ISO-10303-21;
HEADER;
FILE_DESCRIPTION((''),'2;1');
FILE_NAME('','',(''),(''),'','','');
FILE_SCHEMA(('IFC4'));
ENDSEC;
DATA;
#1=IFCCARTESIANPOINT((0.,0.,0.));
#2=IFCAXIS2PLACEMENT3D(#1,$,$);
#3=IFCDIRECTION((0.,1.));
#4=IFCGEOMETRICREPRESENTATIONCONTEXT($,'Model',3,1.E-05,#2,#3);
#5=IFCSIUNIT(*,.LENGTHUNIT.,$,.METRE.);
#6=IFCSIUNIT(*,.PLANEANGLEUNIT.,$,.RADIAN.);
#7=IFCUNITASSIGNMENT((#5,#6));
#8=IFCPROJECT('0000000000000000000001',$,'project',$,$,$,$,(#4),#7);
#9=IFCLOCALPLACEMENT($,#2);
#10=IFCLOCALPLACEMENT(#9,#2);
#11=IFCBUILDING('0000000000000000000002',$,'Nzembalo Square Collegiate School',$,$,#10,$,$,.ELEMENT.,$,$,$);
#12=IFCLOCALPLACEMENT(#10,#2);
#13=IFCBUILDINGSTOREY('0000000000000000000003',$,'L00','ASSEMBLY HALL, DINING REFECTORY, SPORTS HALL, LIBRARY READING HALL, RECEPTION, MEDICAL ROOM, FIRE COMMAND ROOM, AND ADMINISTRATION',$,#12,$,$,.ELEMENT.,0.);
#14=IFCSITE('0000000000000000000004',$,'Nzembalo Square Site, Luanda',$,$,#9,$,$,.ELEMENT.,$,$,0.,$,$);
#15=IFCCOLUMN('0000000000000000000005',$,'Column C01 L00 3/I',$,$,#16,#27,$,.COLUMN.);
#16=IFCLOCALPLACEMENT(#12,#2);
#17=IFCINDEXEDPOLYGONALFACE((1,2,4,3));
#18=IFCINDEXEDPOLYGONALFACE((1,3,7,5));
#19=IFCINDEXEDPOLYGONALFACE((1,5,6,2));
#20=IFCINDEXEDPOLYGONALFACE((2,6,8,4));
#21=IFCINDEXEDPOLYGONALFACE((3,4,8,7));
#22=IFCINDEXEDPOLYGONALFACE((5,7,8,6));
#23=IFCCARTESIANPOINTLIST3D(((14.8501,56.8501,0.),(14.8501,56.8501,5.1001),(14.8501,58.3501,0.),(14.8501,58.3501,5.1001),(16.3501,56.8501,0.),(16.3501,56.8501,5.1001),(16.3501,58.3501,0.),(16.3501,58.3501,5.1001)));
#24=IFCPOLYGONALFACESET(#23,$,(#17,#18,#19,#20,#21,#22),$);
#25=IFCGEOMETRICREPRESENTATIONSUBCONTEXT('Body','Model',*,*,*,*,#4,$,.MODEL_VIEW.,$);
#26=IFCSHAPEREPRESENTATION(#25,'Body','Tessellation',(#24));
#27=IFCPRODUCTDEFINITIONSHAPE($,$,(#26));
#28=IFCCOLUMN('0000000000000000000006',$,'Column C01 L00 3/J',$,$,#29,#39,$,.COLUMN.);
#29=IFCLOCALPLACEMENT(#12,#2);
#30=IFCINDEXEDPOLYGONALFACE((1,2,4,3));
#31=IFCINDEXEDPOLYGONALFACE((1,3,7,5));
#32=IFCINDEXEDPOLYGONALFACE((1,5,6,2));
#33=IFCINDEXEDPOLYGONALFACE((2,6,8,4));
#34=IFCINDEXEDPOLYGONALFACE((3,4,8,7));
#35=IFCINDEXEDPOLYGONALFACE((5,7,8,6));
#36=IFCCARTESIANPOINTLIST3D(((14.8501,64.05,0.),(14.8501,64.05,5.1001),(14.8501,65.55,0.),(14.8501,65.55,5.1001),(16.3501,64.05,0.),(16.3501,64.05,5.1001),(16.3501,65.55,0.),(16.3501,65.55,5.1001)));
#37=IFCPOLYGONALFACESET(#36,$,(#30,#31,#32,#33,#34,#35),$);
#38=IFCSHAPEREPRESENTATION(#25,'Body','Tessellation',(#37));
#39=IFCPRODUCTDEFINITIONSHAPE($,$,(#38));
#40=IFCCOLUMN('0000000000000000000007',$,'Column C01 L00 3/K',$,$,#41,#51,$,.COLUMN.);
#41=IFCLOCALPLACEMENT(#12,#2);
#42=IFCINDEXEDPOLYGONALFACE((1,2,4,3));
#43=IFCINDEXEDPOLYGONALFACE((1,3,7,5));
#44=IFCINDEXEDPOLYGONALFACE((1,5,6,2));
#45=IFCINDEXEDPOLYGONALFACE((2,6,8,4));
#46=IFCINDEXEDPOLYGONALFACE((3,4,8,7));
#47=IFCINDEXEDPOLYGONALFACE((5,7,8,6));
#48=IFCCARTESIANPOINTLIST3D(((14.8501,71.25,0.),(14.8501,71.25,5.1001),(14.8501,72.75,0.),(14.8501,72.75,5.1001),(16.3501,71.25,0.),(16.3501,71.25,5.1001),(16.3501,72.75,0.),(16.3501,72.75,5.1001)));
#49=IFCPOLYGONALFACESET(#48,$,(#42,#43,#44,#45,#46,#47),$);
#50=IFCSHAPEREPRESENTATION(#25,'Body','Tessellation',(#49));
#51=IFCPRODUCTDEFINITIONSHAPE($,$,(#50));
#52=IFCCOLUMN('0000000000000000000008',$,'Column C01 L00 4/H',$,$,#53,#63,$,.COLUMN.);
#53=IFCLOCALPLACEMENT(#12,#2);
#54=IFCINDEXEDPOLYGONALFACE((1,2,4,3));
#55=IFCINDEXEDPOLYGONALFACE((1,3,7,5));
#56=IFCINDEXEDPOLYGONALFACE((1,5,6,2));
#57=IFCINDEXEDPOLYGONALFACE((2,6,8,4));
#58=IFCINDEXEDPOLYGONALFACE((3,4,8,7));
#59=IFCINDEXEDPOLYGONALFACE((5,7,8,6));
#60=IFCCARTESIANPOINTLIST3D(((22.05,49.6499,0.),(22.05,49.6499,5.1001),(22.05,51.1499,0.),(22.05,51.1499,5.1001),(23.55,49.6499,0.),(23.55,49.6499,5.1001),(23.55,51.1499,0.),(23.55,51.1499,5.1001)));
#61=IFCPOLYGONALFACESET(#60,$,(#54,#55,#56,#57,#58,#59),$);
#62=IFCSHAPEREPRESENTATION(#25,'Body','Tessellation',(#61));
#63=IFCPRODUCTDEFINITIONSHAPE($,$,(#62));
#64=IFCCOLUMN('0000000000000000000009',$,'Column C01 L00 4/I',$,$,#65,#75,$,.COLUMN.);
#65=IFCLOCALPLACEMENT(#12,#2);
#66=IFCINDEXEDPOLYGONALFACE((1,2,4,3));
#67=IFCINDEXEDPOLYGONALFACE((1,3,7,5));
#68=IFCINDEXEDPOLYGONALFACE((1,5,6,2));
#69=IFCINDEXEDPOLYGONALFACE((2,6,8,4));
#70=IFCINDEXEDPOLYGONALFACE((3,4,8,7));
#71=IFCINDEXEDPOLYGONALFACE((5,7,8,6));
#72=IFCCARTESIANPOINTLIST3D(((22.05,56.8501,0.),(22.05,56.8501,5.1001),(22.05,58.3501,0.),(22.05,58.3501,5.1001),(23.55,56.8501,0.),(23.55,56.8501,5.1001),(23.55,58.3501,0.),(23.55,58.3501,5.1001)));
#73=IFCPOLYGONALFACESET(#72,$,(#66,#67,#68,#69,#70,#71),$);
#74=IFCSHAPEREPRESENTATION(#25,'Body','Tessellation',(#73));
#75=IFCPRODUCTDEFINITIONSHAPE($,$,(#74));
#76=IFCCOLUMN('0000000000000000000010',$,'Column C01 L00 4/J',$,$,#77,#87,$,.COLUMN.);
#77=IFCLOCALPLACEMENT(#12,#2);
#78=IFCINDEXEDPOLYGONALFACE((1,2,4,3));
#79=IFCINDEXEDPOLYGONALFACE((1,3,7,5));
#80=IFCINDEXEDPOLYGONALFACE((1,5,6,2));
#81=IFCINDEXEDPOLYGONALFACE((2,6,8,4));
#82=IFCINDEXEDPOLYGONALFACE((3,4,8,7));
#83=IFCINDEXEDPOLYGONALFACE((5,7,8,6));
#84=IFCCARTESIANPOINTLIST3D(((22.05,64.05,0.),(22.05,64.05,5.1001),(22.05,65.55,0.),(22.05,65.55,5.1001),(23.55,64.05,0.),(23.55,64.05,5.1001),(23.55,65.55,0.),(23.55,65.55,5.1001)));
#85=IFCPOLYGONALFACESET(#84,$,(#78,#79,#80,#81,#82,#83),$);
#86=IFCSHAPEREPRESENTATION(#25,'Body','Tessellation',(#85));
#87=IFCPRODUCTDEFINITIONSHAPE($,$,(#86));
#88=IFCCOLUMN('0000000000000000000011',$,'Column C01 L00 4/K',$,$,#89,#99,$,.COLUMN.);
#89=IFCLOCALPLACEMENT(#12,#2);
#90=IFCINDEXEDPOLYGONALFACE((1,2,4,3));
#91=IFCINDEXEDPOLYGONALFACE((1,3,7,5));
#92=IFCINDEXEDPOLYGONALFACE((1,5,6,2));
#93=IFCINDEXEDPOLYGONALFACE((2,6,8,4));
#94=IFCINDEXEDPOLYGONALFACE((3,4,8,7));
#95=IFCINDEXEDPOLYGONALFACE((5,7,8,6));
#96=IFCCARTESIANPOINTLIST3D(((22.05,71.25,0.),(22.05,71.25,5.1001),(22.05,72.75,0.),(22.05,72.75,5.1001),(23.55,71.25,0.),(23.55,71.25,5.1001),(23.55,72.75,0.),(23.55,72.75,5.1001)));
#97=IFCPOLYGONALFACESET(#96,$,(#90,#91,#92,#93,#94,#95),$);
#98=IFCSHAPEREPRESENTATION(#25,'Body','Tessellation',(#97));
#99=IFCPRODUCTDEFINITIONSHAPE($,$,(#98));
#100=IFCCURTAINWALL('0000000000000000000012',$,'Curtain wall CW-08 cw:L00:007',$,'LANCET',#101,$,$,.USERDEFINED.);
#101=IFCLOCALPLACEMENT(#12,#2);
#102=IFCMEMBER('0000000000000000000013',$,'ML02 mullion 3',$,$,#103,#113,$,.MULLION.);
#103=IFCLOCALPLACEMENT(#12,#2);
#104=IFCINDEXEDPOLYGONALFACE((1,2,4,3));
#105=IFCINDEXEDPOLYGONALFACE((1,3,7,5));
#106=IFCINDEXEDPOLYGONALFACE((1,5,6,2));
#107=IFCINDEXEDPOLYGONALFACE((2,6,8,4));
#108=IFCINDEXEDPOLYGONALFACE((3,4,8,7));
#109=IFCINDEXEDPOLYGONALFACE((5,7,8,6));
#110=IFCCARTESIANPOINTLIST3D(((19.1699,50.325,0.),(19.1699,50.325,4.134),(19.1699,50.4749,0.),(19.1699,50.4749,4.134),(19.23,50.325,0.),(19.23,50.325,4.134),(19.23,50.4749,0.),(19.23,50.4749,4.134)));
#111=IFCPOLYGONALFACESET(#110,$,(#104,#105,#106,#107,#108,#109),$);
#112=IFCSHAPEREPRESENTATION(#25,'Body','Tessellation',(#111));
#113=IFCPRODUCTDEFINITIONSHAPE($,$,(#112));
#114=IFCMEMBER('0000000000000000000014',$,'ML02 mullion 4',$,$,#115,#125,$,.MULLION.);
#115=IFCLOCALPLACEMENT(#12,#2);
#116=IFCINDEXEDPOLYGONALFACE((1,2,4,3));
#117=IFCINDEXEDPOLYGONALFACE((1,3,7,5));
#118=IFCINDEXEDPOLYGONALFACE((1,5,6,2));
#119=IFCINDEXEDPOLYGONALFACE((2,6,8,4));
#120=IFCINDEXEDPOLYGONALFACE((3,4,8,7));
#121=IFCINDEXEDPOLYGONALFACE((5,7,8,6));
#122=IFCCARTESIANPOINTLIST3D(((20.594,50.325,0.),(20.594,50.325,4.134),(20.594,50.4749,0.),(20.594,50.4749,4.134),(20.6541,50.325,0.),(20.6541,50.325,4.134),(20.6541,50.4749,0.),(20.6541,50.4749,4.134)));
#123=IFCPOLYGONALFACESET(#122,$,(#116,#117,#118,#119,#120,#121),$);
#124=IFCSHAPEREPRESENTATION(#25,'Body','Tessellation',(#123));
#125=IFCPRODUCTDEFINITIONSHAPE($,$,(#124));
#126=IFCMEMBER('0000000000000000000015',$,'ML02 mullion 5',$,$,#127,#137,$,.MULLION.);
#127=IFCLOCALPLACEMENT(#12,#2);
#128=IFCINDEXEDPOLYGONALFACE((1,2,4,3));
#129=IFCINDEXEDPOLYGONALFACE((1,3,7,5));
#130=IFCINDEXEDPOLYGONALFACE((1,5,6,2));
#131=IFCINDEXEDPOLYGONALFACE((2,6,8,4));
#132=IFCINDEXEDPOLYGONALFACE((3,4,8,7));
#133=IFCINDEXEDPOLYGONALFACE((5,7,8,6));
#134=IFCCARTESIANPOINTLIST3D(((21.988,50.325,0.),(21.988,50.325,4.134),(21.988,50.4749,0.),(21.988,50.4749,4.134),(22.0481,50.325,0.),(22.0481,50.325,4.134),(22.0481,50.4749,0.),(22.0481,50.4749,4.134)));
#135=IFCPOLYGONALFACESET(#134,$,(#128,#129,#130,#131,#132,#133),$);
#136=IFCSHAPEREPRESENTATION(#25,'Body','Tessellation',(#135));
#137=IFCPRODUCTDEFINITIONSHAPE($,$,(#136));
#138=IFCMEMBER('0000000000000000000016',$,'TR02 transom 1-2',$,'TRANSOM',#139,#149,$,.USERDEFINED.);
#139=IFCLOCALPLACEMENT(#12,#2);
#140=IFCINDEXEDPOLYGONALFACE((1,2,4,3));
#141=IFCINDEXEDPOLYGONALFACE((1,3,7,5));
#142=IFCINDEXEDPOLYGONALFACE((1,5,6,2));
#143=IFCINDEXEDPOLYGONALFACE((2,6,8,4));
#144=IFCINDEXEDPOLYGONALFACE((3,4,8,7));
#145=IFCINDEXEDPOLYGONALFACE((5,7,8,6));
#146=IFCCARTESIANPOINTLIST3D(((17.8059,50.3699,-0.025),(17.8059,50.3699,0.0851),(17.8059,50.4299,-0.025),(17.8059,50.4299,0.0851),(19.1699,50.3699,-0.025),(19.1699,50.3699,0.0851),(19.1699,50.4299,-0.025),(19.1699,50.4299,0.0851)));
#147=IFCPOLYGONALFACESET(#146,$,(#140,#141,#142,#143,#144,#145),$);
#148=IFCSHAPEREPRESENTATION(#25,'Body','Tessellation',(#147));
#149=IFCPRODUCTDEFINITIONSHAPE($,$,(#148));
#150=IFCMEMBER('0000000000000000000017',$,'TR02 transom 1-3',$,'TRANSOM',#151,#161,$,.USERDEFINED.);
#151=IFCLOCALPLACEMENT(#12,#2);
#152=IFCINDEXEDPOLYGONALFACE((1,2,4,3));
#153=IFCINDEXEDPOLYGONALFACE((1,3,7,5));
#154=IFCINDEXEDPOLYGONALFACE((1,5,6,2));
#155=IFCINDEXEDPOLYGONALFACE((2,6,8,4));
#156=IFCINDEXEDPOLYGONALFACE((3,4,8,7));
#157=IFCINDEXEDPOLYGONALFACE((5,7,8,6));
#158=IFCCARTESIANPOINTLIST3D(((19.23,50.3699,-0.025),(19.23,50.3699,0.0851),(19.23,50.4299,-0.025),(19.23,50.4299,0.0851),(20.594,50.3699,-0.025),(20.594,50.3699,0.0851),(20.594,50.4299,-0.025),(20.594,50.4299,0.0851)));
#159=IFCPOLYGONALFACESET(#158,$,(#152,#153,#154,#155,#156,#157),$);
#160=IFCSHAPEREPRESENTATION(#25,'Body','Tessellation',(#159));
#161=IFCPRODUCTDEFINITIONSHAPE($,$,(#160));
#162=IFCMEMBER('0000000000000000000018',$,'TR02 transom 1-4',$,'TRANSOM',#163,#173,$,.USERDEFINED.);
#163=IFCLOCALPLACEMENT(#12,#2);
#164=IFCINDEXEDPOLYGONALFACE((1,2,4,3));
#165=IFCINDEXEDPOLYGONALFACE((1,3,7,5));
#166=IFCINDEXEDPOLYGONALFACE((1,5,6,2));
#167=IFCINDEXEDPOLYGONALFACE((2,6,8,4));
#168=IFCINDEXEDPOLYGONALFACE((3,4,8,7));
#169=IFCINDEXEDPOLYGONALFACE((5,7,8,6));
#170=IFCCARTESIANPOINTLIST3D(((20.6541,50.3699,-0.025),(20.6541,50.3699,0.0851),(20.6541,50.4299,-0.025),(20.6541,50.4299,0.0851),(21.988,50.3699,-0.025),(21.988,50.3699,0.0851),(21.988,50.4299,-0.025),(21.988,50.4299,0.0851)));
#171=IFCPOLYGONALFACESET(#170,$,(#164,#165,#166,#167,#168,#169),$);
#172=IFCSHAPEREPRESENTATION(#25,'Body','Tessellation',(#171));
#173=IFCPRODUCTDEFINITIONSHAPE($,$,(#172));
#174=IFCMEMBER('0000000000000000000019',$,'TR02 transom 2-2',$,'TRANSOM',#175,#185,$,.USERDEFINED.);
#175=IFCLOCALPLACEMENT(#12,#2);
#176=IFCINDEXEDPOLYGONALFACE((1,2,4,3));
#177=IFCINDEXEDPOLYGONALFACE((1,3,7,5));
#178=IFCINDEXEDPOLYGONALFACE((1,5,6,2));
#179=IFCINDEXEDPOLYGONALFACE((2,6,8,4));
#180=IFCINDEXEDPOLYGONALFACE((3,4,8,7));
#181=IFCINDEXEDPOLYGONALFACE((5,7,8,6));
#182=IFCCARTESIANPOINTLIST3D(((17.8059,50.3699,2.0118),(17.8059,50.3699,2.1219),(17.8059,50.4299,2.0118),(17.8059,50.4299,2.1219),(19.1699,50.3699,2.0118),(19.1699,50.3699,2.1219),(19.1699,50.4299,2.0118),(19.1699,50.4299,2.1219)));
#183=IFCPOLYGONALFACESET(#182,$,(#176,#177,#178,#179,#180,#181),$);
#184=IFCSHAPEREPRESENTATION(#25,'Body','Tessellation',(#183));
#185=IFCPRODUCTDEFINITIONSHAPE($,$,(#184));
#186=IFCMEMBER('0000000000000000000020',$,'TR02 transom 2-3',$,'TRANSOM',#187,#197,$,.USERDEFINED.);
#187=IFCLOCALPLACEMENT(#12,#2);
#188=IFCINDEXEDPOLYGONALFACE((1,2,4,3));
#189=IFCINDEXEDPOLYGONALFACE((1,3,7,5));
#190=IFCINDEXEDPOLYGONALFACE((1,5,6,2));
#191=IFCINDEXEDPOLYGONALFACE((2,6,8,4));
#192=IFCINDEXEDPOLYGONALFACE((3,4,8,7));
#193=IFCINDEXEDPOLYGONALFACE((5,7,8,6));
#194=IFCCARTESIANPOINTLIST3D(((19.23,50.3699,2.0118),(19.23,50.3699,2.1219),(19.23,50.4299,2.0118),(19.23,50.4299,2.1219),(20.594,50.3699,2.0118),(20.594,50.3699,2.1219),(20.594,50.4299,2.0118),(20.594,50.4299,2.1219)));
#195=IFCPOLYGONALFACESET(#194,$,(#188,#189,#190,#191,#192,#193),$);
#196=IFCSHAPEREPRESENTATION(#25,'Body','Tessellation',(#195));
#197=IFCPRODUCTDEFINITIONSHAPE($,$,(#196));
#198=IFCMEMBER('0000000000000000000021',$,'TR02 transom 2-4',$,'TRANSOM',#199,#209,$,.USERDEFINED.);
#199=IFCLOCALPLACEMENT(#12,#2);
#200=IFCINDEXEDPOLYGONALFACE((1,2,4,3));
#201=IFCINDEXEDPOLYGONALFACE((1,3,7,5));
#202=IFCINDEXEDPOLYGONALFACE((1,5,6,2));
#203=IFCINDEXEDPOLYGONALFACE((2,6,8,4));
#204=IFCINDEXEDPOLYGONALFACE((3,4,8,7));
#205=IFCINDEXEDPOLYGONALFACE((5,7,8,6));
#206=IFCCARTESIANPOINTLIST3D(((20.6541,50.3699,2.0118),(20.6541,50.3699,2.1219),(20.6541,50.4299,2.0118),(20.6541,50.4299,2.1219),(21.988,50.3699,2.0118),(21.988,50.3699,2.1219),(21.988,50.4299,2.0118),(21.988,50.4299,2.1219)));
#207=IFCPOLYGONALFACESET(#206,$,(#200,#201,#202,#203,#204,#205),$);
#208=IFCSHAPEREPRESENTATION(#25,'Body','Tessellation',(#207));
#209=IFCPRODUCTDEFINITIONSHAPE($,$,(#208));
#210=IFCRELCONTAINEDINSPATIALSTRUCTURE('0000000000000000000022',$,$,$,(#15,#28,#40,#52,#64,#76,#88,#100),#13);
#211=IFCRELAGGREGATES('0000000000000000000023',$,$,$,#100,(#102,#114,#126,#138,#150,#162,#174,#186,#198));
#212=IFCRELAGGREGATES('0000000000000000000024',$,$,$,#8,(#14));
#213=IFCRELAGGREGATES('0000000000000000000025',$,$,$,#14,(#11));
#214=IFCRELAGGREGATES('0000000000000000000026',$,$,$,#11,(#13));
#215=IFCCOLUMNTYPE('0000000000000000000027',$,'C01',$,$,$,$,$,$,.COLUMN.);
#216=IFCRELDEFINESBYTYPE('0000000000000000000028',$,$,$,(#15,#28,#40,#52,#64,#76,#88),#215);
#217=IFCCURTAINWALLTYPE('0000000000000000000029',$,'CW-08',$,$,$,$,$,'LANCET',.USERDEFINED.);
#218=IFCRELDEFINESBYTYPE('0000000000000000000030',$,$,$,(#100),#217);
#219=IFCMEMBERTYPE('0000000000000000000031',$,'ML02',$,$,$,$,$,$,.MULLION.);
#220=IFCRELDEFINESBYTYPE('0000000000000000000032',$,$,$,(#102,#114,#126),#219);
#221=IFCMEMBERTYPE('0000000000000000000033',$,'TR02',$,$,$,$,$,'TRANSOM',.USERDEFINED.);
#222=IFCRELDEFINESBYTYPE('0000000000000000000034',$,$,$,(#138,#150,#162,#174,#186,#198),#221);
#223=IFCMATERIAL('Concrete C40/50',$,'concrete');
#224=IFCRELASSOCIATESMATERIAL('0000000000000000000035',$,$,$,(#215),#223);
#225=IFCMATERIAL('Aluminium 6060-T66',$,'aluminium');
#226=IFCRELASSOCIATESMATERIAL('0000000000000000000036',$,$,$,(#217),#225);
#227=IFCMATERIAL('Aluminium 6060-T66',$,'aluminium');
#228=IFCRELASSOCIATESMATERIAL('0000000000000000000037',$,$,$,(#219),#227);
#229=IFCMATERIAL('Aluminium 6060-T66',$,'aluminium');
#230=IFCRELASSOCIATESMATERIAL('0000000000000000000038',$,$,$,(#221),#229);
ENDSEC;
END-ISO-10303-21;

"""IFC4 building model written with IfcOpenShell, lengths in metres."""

from ifc_helpers import new_model, si_unit, direction, frame, origin, origin_2d, place, context, subcontext, project, spatial, rectangle, extrude, material, material_profile, profile_set, type_object, element, aggregate, save


model = new_model("IFC4")

# Units and contexts
model_context = context("Model", 3, precision=1e-05, world=origin(), true_north=direction((0.0, 1.0)))
body_context = subcontext(model_context, "Body", "Model", "MODEL_VIEW")
ifc_project = project(units=[si_unit("LENGTHUNIT", "METRE"), si_unit("PLANEANGLEUNIT", "RADIAN")], contexts=[model_context])

# Site, building, storey
site_placement = place(None, origin())
site = spatial("IfcSite", under=ifc_project, at=site_placement, Name="Nzembalo Square Site, Luanda", CompositionType="ELEMENT", RefElevation=0.0)
building_placement = place(site_placement, origin())
building = spatial("IfcBuilding", under=site, at=building_placement, Name="Nzembalo Square Collegiate School", CompositionType="ELEMENT")
storey_placement = place(building_placement, origin())
storey = spatial("IfcBuildingStorey", under=building, at=storey_placement, Name="L00", Description="ASSEMBLY HALL, DINING REFECTORY, SPORTS HALL, LIBRARY READING HALL, RECEPTION, MEDICAL ROOM, FIRE COMMAND ROOM, AND ADMINISTRATION", CompositionType="ELEMENT", Elevation=0.0)

# Columns
ifc_material_1 = material(Name="Concrete C40/50", Category="concrete")
ifc_material_profile_1 = material_profile(ifc_material_1, rectangle(XDim=1.5, YDim=1.5, at=origin_2d()), Name="RC 1500x1500")
ifc_profile_set_1 = profile_set([ifc_material_profile_1], Name="Concrete C40/50")
column_type = type_object("IfcColumnType", Name="C01", PredefinedType="COLUMN", material=ifc_profile_set_1)
for number, where, z_axis, x_axis, name in (
    (1, (15.6001, 57.6001, 0.0), (0.0, 0.0, 1.0), (1.0, 0.0, 0.0), "Column C01 L00 3/I"),
    (2, (15.6001, 64.8, 0.0), (0.0, 0.0, 1.0), (1.0, 0.0, 0.0), "Column C01 L00 3/J"),
    (3, (15.6001, 72.0, 0.0), (0.0, 0.0, 1.0), (1.0, 0.0, 0.0), "Column C01 L00 3/K"),
    (4, (22.8, 50.3999, 0.0), (0.0, 0.0, 1.0), (1.0, 0.0, 0.0), "Column C01 L00 4/H"),
    (5, (22.8, 57.6001, 0.0), (0.0, 0.0, 1.0), (1.0, 0.0, 0.0), "Column C01 L00 4/I"),
    (6, (22.8, 64.8, 0.0), (0.0, 0.0, 1.0), (1.0, 0.0, 0.0), "Column C01 L00 4/J"),
    (7, (22.8, 72.0, 0.0), (0.0, 0.0, 1.0), (1.0, 0.0, 0.0), "Column C01 L00 4/K"),
):
    element("IfcColumn", number, at=place(storey_placement, frame(where, z_axis=z_axis, x_axis=x_axis)), inside=storey, type_object=column_type, Name=name, PredefinedType="COLUMN", context=body_context, shape_type="SweptSolid", body=[
        extrude(rectangle(XDim=1.5, YDim=1.5, at=origin_2d()), origin(), (0.0, 0.0, 1.0), 5.1001),
    ])

# Curtain wall, members
ifc_material_2 = material(Name="Aluminium 6060-T66", Category="aluminium")
curtain_wall_type = type_object("IfcCurtainWallType", Name="CW-08", ElementType="LANCET", PredefinedType="USERDEFINED", material=ifc_material_2)
curtain_wall_placement = place(storey_placement, origin())
curtain_wall = element("IfcCurtainWall", 8, at=curtain_wall_placement, inside=storey, type_object=curtain_wall_type, Name="Curtain wall CW-08 cw:L00:007", ObjectType="LANCET", PredefinedType="USERDEFINED")
ifc_material_3 = material(Name="Aluminium 6060-T66", Category="aluminium")
ifc_material_profile_2 = material_profile(ifc_material_3, rectangle(XDim=0.0601, YDim=0.1499, at=origin_2d()), Name="ALU M60x150")
ifc_profile_set_2 = profile_set([ifc_material_profile_2], Name="Aluminium 6060-T66")
member_type_1 = type_object("IfcMemberType", Name="ML02", PredefinedType="MULLION", material=ifc_profile_set_2)
member_1_placement = place(storey_placement, frame((19.2, 50.3999, 0.0), z_axis=(0.0, 0.0, 1.0), x_axis=(1.0, 0.0, 0.0)))
member_1 = element("IfcMember", 9, at=member_1_placement, type_object=member_type_1, Name="ML02 mullion 3", PredefinedType="MULLION", context=body_context, shape_type="SweptSolid", body=[
    extrude(rectangle(XDim=0.0601, YDim=0.1499, at=origin_2d()), origin(), (0.0, 0.0, 1.0), 4.134),
])
member_2_placement = place(storey_placement, frame((20.624, 50.3999, 0.0), z_axis=(0.0, 0.0, 1.0), x_axis=(1.0, 0.0, 0.0)))
member_2 = element("IfcMember", 10, at=member_2_placement, type_object=member_type_1, Name="ML02 mullion 4", PredefinedType="MULLION", context=body_context, shape_type="SweptSolid", body=[
    extrude(rectangle(XDim=0.0601, YDim=0.1499, at=origin_2d()), origin(), (0.0, 0.0, 1.0), 4.134),
])
member_3_placement = place(storey_placement, frame((22.0181, 50.3999, 0.0), z_axis=(0.0, 0.0, 1.0), x_axis=(1.0, 0.0, 0.0)))
member_3 = element("IfcMember", 11, at=member_3_placement, type_object=member_type_1, Name="ML02 mullion 5", PredefinedType="MULLION", context=body_context, shape_type="SweptSolid", body=[
    extrude(rectangle(XDim=0.0601, YDim=0.1499, at=origin_2d()), origin(), (0.0, 0.0, 1.0), 4.134),
])
ifc_material_4 = material(Name="Aluminium 6060-T66", Category="aluminium")
ifc_material_profile_3 = material_profile(ifc_material_4, rectangle(XDim=0.0601, YDim=0.1101, at=origin_2d()), Name="ALU T60x110")
ifc_profile_set_3 = profile_set([ifc_material_profile_3], Name="Aluminium 6060-T66")
member_type_2 = type_object("IfcMemberType", Name="TR02", ElementType="TRANSOM", PredefinedType="USERDEFINED", material=ifc_profile_set_3)
member_4_placement = place(storey_placement, frame((17.8059, 50.3999, 0.03), z_axis=(1.0, 0.0, 0.0), x_axis=(0.0, 1.0, 0.0)))
member_4 = element("IfcMember", 12, at=member_4_placement, type_object=member_type_2, Name="TR02 transom 1-2", ObjectType="TRANSOM", PredefinedType="USERDEFINED", context=body_context, shape_type="SweptSolid", body=[
    extrude(rectangle(XDim=0.0601, YDim=0.1101, at=origin_2d()), origin(), (0.0, 0.0, 1.0), 1.364),
])
member_5_placement = place(storey_placement, frame((19.23, 50.3999, 0.03), z_axis=(1.0, 0.0, 0.0), x_axis=(0.0, 1.0, 0.0)))
member_5 = element("IfcMember", 13, at=member_5_placement, type_object=member_type_2, Name="TR02 transom 1-3", ObjectType="TRANSOM", PredefinedType="USERDEFINED", context=body_context, shape_type="SweptSolid", body=[
    extrude(rectangle(XDim=0.0601, YDim=0.1101, at=origin_2d()), origin(), (0.0, 0.0, 1.0), 1.364),
])
member_6_placement = place(storey_placement, frame((20.6541, 50.3999, 0.03), z_axis=(1.0, 0.0, 0.0), x_axis=(0.0, 1.0, 0.0)))
member_6 = element("IfcMember", 14, at=member_6_placement, type_object=member_type_2, Name="TR02 transom 1-4", ObjectType="TRANSOM", PredefinedType="USERDEFINED", context=body_context, shape_type="SweptSolid", body=[
    extrude(rectangle(XDim=0.0601, YDim=0.1101, at=origin_2d()), origin(), (0.0, 0.0, 1.0), 1.334),
])
member_7_placement = place(storey_placement, frame((17.8059, 50.3999, 2.0669), z_axis=(1.0, 0.0, 0.0), x_axis=(0.0, 1.0, 0.0)))
member_7 = element("IfcMember", 15, at=member_7_placement, type_object=member_type_2, Name="TR02 transom 2-2", ObjectType="TRANSOM", PredefinedType="USERDEFINED", context=body_context, shape_type="SweptSolid", body=[
    extrude(rectangle(XDim=0.0601, YDim=0.1101, at=origin_2d()), origin(), (0.0, 0.0, 1.0), 1.364),
])
member_8_placement = place(storey_placement, frame((19.23, 50.3999, 2.0669), z_axis=(1.0, 0.0, 0.0), x_axis=(0.0, 1.0, 0.0)))
member_8 = element("IfcMember", 16, at=member_8_placement, type_object=member_type_2, Name="TR02 transom 2-3", ObjectType="TRANSOM", PredefinedType="USERDEFINED", context=body_context, shape_type="SweptSolid", body=[
    extrude(rectangle(XDim=0.0601, YDim=0.1101, at=origin_2d()), origin(), (0.0, 0.0, 1.0), 1.364),
])
member_9_placement = place(storey_placement, frame((20.6541, 50.3999, 2.0669), z_axis=(1.0, 0.0, 0.0), x_axis=(0.0, 1.0, 0.0)))
member_9 = element("IfcMember", 17, at=member_9_placement, type_object=member_type_2, Name="TR02 transom 2-4", ObjectType="TRANSOM", PredefinedType="USERDEFINED", context=body_context, shape_type="SweptSolid", body=[
    extrude(rectangle(XDim=0.0601, YDim=0.1101, at=origin_2d()), origin(), (0.0, 0.0, 1.0), 1.334),
])
aggregate(curtain_wall, [member_1, member_2, member_3, member_4, member_5, member_6, member_7, member_8, member_9])

save(model, "model.ifc")
